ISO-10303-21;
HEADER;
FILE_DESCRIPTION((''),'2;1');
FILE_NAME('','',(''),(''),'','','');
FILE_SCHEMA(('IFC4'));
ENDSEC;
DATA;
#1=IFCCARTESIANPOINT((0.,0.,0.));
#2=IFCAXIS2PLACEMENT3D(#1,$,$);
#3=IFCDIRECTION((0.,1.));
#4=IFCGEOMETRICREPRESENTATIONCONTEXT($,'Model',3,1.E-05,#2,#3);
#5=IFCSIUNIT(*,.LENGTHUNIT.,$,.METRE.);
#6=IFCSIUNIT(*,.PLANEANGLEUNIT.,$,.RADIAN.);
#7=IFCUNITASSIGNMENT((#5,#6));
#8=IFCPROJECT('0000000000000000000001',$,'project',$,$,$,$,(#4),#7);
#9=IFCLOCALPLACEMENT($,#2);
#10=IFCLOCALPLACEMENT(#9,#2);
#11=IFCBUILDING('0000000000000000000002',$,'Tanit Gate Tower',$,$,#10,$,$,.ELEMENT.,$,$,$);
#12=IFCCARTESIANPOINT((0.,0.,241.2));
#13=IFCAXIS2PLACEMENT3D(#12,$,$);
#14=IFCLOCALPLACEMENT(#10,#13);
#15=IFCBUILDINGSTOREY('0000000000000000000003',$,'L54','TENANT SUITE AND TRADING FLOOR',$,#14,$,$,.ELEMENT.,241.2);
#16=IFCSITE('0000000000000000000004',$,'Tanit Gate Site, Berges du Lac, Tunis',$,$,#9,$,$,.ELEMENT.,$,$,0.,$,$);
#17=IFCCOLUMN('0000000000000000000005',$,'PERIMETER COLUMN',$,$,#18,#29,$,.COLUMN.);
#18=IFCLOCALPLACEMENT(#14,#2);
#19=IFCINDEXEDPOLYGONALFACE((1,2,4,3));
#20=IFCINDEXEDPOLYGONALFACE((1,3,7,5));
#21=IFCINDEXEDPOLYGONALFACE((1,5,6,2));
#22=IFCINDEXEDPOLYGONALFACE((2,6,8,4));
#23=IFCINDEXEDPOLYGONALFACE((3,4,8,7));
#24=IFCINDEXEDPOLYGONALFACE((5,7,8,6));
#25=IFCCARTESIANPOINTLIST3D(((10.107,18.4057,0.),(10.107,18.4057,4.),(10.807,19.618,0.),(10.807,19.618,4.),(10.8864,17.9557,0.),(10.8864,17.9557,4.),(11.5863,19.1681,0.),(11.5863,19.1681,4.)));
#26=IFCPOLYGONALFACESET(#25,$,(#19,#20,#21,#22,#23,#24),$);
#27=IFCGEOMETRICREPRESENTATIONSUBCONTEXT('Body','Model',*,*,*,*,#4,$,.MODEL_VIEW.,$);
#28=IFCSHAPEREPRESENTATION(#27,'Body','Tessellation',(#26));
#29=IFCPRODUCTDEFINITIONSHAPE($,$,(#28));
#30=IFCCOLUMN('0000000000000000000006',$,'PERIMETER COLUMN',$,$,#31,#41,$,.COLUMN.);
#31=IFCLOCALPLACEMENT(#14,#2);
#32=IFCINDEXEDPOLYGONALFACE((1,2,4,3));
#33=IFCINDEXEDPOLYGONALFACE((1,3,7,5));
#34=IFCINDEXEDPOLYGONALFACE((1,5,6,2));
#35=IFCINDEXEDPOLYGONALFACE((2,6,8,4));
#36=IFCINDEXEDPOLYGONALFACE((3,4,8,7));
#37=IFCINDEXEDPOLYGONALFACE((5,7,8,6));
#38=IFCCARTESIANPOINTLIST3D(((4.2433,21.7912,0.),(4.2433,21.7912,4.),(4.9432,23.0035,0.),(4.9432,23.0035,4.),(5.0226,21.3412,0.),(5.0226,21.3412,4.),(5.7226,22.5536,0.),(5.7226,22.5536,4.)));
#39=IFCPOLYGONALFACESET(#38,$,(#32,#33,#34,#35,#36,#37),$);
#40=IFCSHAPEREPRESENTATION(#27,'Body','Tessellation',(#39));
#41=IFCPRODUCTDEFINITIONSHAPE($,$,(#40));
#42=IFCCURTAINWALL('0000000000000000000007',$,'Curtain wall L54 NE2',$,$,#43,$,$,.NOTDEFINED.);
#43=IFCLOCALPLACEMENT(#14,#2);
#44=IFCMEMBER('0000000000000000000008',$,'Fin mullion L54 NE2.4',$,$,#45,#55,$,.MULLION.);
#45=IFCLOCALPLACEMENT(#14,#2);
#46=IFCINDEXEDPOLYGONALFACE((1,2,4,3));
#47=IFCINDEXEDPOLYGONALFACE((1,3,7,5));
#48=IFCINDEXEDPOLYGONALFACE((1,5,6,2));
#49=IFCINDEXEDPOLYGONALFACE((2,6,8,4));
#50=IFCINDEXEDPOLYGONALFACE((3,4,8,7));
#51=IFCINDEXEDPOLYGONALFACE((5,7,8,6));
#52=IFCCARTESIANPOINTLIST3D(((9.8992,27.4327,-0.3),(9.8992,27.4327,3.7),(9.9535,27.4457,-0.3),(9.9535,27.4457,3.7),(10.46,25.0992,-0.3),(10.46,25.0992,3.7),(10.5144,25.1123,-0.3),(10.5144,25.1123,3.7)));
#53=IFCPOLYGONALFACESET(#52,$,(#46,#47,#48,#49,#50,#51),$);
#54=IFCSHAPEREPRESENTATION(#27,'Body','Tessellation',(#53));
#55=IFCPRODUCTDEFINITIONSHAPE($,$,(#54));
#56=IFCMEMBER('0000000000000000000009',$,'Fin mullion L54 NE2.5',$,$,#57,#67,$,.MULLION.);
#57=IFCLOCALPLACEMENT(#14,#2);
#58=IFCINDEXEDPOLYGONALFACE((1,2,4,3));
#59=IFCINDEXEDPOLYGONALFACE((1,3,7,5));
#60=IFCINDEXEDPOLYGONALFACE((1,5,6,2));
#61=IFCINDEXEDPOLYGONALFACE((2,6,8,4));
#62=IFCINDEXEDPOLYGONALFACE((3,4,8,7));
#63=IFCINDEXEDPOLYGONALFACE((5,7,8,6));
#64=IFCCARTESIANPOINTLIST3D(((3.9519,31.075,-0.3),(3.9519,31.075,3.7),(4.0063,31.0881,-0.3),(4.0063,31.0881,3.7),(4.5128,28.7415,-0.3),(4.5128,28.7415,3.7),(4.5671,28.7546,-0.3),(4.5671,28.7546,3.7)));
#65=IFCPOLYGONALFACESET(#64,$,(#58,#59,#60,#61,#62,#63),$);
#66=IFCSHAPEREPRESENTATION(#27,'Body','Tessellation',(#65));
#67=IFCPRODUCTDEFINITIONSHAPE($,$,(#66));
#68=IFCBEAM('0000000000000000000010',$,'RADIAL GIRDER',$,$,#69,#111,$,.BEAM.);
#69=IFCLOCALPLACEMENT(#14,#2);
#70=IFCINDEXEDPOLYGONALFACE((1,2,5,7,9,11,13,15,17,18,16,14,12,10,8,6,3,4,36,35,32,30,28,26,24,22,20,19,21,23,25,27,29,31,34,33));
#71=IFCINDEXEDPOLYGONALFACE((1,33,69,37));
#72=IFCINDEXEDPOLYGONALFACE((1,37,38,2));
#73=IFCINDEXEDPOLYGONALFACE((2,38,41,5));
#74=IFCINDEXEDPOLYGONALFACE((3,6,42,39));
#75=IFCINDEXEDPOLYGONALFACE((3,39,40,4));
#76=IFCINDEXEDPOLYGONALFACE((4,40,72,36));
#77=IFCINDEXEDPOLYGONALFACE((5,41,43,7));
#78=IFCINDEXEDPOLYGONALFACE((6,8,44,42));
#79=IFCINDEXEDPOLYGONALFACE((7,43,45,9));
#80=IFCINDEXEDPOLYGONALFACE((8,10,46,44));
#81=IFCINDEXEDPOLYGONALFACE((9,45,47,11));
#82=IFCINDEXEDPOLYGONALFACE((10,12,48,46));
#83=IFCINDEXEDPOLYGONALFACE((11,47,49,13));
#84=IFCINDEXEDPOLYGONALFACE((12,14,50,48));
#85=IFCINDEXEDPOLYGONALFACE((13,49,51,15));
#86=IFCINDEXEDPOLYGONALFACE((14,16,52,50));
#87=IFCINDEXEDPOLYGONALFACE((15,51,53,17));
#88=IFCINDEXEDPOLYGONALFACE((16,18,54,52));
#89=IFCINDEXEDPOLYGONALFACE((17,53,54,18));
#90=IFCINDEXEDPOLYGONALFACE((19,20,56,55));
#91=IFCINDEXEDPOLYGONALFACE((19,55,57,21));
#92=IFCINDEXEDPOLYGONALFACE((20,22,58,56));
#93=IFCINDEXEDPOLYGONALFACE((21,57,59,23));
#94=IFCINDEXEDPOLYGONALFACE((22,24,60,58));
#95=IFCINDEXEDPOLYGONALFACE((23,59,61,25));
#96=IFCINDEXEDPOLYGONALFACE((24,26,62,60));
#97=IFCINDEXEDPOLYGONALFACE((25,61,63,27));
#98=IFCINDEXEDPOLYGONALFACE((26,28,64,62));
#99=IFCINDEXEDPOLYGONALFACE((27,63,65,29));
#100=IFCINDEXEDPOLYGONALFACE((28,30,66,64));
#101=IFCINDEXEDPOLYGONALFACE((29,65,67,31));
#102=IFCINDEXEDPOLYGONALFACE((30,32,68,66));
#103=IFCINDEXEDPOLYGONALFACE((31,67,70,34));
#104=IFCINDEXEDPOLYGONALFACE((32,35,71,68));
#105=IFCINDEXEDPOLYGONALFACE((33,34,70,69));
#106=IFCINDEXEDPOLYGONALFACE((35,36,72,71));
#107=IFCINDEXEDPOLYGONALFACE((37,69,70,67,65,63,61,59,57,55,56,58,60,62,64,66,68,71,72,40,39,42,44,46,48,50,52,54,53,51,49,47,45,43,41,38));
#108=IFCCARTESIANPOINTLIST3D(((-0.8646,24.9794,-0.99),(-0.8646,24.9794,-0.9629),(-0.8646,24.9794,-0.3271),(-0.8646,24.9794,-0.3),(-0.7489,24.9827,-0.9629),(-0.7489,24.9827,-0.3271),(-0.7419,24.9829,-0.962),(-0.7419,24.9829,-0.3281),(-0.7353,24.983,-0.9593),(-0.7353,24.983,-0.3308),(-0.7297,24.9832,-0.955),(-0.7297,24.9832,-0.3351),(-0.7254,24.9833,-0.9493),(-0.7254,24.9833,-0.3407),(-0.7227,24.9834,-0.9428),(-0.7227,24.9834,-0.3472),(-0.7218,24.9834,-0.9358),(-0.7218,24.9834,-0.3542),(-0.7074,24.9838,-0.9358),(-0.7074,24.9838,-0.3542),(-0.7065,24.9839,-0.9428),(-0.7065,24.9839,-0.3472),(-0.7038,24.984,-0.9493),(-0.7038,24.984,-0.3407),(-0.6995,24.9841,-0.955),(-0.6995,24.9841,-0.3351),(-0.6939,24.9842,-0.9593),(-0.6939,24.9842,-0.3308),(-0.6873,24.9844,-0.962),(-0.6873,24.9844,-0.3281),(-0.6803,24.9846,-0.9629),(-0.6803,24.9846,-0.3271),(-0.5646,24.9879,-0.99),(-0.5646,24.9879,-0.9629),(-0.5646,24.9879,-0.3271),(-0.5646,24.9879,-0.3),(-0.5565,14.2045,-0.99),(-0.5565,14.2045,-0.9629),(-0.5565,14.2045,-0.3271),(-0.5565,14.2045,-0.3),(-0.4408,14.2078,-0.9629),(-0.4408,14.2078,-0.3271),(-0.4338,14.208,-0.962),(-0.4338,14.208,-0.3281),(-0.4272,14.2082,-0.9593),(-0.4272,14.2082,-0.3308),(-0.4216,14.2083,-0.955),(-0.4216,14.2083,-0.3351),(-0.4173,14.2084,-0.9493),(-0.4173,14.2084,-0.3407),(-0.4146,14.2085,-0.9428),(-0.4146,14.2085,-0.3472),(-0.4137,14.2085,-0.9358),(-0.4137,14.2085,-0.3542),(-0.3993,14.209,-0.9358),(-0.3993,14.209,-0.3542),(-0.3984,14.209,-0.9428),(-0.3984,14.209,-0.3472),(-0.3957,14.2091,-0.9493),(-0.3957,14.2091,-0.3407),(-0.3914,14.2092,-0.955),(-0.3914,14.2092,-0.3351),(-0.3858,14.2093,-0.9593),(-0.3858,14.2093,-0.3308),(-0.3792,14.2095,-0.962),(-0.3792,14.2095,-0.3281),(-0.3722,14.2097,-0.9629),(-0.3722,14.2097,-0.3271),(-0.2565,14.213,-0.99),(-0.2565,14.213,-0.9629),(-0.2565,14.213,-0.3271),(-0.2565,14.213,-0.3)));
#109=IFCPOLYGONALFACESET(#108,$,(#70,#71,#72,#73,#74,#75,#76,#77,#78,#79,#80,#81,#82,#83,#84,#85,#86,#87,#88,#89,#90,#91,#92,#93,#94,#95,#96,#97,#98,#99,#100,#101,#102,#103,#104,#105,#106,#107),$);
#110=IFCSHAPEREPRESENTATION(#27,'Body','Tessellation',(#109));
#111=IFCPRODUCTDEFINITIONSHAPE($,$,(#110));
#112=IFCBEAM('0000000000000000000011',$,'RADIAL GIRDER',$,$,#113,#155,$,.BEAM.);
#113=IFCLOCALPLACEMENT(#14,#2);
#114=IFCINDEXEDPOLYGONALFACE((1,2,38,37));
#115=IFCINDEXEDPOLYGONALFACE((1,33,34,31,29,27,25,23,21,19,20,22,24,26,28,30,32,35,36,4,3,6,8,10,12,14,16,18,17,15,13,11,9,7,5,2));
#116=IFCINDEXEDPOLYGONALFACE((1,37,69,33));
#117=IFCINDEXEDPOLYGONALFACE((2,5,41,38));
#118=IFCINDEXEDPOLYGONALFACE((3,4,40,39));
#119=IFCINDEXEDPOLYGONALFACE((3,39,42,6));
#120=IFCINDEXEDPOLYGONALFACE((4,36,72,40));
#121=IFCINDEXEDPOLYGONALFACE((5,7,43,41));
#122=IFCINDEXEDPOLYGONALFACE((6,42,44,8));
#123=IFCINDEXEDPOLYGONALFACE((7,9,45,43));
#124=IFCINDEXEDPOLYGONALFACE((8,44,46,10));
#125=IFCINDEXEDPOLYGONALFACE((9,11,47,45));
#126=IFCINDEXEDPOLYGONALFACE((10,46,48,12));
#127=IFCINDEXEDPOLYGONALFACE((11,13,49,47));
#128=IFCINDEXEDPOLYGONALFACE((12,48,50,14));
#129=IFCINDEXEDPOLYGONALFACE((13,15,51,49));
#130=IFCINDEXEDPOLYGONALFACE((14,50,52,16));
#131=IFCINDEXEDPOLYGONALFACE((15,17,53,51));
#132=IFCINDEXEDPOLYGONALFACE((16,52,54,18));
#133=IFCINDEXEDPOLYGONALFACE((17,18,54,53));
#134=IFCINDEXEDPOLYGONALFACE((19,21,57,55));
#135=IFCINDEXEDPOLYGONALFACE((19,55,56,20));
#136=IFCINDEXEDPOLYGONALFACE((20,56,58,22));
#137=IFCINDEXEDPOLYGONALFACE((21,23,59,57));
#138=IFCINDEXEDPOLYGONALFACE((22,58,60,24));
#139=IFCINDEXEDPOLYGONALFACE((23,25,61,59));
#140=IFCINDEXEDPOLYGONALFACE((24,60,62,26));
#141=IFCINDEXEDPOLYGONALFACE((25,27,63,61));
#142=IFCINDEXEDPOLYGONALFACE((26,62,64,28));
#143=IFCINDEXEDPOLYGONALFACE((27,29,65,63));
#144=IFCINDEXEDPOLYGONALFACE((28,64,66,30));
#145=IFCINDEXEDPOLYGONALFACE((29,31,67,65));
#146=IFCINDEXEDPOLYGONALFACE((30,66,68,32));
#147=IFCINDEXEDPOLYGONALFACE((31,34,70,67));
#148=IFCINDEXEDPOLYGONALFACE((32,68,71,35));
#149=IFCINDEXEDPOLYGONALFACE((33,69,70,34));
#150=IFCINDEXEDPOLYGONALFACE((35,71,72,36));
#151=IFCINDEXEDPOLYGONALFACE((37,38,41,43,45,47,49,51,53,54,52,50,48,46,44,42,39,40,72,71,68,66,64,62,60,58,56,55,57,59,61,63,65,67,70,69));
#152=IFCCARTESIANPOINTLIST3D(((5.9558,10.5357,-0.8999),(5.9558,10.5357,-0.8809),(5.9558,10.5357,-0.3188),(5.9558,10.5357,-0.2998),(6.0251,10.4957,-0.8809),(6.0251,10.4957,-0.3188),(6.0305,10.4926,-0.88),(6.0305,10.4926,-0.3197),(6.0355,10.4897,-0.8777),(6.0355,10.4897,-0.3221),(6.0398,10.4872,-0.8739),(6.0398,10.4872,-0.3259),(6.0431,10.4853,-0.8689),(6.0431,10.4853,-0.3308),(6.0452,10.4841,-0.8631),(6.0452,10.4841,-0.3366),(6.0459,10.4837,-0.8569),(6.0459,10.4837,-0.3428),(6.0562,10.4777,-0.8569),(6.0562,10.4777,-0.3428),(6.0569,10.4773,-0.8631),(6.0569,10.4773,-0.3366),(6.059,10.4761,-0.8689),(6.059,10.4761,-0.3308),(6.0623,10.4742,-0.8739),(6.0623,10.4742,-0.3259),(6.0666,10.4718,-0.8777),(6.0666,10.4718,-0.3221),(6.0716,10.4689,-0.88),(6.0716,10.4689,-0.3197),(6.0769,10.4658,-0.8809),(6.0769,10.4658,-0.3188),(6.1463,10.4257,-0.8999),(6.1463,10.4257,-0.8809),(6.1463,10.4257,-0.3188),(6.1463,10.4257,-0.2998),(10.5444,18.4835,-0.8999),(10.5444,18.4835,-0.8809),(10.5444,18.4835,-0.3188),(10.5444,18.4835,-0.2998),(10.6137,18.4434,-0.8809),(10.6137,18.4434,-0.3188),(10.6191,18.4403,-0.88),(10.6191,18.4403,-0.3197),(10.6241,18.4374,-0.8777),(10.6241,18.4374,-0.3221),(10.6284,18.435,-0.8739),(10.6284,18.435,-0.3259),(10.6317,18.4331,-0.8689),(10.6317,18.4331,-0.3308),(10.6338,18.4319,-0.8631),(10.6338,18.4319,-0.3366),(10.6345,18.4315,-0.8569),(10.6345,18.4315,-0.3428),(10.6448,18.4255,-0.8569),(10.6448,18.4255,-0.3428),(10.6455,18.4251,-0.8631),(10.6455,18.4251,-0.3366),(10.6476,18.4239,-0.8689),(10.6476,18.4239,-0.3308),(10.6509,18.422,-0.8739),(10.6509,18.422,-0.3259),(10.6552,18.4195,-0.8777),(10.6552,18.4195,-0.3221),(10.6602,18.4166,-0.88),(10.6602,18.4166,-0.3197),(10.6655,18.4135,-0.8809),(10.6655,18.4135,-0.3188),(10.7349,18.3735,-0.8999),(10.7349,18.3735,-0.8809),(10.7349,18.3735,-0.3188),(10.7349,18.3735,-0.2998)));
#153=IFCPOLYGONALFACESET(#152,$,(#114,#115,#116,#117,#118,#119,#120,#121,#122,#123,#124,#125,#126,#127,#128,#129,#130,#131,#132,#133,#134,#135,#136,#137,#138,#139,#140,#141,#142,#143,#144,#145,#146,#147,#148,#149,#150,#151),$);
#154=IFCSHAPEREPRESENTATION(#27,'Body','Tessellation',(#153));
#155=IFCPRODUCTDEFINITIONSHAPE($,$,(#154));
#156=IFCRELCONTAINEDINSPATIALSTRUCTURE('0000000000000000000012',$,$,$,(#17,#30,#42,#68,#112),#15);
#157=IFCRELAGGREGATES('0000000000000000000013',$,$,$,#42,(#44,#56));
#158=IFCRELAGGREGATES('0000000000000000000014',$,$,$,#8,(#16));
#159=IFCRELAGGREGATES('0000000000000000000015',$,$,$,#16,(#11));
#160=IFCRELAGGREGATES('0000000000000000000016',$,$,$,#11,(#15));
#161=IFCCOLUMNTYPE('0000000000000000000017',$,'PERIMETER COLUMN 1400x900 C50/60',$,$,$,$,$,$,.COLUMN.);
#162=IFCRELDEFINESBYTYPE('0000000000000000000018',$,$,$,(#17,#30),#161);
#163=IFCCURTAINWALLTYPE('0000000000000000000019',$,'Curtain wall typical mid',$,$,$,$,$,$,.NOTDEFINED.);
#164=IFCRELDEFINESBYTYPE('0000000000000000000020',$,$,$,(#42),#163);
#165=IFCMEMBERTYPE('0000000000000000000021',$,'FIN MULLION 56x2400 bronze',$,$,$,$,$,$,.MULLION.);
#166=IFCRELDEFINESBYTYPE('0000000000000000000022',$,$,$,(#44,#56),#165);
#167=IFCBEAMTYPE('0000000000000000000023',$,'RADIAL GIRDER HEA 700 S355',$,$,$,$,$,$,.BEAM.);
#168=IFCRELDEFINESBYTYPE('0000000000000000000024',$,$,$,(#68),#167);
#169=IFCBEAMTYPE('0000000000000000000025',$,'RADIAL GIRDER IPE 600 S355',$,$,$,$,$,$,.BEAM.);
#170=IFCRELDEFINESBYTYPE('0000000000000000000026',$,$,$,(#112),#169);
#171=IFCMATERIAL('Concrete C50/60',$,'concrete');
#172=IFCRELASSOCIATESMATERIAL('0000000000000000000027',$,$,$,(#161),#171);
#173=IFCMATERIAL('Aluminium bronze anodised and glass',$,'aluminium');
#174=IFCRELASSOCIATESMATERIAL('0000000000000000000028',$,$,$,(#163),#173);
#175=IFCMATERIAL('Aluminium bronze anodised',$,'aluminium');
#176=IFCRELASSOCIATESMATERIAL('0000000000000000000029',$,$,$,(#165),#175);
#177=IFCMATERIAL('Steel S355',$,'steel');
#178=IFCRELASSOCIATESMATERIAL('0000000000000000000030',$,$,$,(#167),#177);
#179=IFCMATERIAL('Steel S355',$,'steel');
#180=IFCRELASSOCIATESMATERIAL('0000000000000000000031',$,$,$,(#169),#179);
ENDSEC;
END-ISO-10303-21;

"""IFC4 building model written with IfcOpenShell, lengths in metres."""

from ifc_helpers import new_model, si_unit, direction, frame, origin, origin_2d, place, context, subcontext, project, spatial, rectangle, i_section, extrude, material, material_profile, profile_set, type_object, element, aggregate, save


model = new_model("IFC4")

# Units and contexts
model_context = context("Model", 3, precision=1e-05, world=origin(), true_north=direction((0.0, 1.0)))
body_context = subcontext(model_context, "Body", "Model", "MODEL_VIEW")
ifc_project = project(units=[si_unit("LENGTHUNIT", "METRE"), si_unit("PLANEANGLEUNIT", "RADIAN")], contexts=[model_context])

# Site, building, storey
site_placement = place(None, origin())
site = spatial("IfcSite", under=ifc_project, at=site_placement, Name="Tanit Gate Site, Berges du Lac, Tunis", CompositionType="ELEMENT", RefElevation=0.0)
building_placement = place(site_placement, origin())
building = spatial("IfcBuilding", under=site, at=building_placement, Name="Tanit Gate Tower", CompositionType="ELEMENT")
storey_placement = place(building_placement, frame((0.0, 0.0, 241.2)))
storey = spatial("IfcBuildingStorey", under=building, at=storey_placement, Name="L54", Description="TENANT SUITE AND TRADING FLOOR", CompositionType="ELEMENT", Elevation=241.2)

# Columns
ifc_material_1 = material(Name="Concrete C50/60", Category="concrete")
ifc_material_profile_1 = material_profile(ifc_material_1, rectangle(XDim=1.3999, YDim=0.8999, at=origin_2d()), Name="RC 1400x900")
ifc_profile_set_1 = profile_set([ifc_material_profile_1], Name="Concrete C50/60")
column_type = type_object("IfcColumnType", Name="PERIMETER COLUMN 1400x900 C50/60", PredefinedType="COLUMN", material=ifc_profile_set_1)
for number, where, z_axis, x_axis, name in (
    (1, (10.8467, 18.7869, 0.0), (0.0, 0.0, 1.0), (0.5, 0.866025, 0.0), "PERIMETER COLUMN"),
    (2, (4.9829, 22.1724, 0.0), (0.0, 0.0, 1.0), (0.5, 0.866025, 0.0), "PERIMETER COLUMN"),
):
    element("IfcColumn", number, at=place(storey_placement, frame(where, z_axis=z_axis, x_axis=x_axis)), inside=storey, type_object=column_type, Name=name, PredefinedType="COLUMN", context=body_context, shape_type="SweptSolid", body=[
        extrude(rectangle(XDim=1.3999, YDim=0.8999, at=origin_2d()), origin(), (0.0, 0.0, 1.0), 4.0),
    ])

# Curtain wall, members
ifc_material_2 = material(Name="Aluminium bronze anodised and glass", Category="aluminium")
curtain_wall_type = type_object("IfcCurtainWallType", Name="Curtain wall typical mid", PredefinedType="NOTDEFINED", material=ifc_material_2)
curtain_wall_placement = place(storey_placement, origin())
curtain_wall = element("IfcCurtainWall", 3, at=curtain_wall_placement, inside=storey, type_object=curtain_wall_type, Name="Curtain wall L54 NE2", PredefinedType="NOTDEFINED")
ifc_material_3 = material(Name="Aluminium bronze anodised", Category="aluminium")
ifc_material_profile_2 = material_profile(ifc_material_3, rectangle(XDim=2.3999, YDim=0.0559, at=origin_2d()), Name="56x2400 bronze fin mullion")
ifc_profile_set_2 = profile_set([ifc_material_profile_2], Name="Aluminium bronze anodised")
member_type_1 = type_object("IfcMemberType", Name="FIN MULLION 56x2400 bronze", PredefinedType="MULLION", material=ifc_profile_set_2)
member_1_placement = place(storey_placement, frame((10.2068, 26.2725, -0.3), z_axis=(0.0, 0.0, 1.0), x_axis=(0.233691, -0.972311, 0.0)))
member_1 = element("IfcMember", 4, at=member_1_placement, type_object=member_type_1, Name="Fin mullion L54 NE2.4", PredefinedType="MULLION", context=body_context, shape_type="SweptSolid", body=[
    extrude(rectangle(XDim=2.3999, YDim=0.0559, at=origin_2d()), origin(), (0.0, 0.0, 1.0), 4.0),
])
member_2_placement = place(storey_placement, frame((4.2595, 29.9148, -0.3), z_axis=(0.0, 0.0, 1.0), x_axis=(0.233691, -0.972311, 0.0)))
member_2 = element("IfcMember", 5, at=member_2_placement, type_object=member_type_1, Name="Fin mullion L54 NE2.5", PredefinedType="MULLION", context=body_context, shape_type="SweptSolid", body=[
    extrude(rectangle(XDim=2.3999, YDim=0.0559, at=origin_2d()), origin(), (0.0, 0.0, 1.0), 4.0),
])

# Beams
ifc_material_4 = material(Name="Steel S355", Category="steel")
ifc_material_profile_3 = material_profile(ifc_material_4, i_section(OverallWidth=0.3, OverallDepth=0.6899, WebThickness=0.0144, FlangeThickness=0.0271, FilletRadius=0.0271, at=origin_2d()), Name="HEA 700")
ifc_profile_set_3 = profile_set([ifc_material_profile_3], Name="Steel S355")
beam_type_1 = type_object("IfcBeamType", Name="RADIAL GIRDER HEA 700 S355", PredefinedType="BEAM", material=ifc_profile_set_3)
beam_1_placement = place(storey_placement, frame((-0.7146, 24.9836, -0.645), z_axis=(0.028583, -0.999591, 0.0), x_axis=(0.999591, 0.028583, 0.0)))
element("IfcBeam", 6, at=beam_1_placement, inside=storey, type_object=beam_type_1, Name="RADIAL GIRDER", PredefinedType="BEAM", context=body_context, shape_type="SweptSolid", body=[
    extrude(i_section(OverallWidth=0.3, OverallDepth=0.6899, WebThickness=0.0144, FlangeThickness=0.0271, FilletRadius=0.0271, at=origin_2d()), origin(), (0.0, 0.0, 1.0), 10.7793),
])
ifc_material_5 = material(Name="Steel S355", Category="steel")
ifc_material_profile_4 = material_profile(ifc_material_5, i_section(OverallWidth=0.22, OverallDepth=0.6001, WebThickness=0.012, FlangeThickness=0.019, FilletRadius=0.0239, at=origin_2d()), Name="IPE 600")
ifc_profile_set_4 = profile_set([ifc_material_profile_4], Name="Steel S355")
beam_type_2 = type_object("IfcBeamType", Name="RADIAL GIRDER IPE 600 S355", PredefinedType="BEAM", material=ifc_profile_set_4)
beam_2_placement = place(storey_placement, frame((10.6396, 18.4285, -0.5999), z_axis=(-0.499999, -0.866026, 0.0), x_axis=(0.866026, -0.499999, 0.0)))
element("IfcBeam", 7, at=beam_2_placement, inside=storey, type_object=beam_type_2, Name="RADIAL GIRDER", PredefinedType="BEAM", context=body_context, shape_type="SweptSolid", body=[
    extrude(i_section(OverallWidth=0.22, OverallDepth=0.6001, WebThickness=0.012, FlangeThickness=0.019, FilletRadius=0.0239, at=origin_2d()), origin(), (0.0, 0.0, 1.0), 9.1772),
])

aggregate(curtain_wall, [member_1, member_2])

save(model, "model.ifc")
